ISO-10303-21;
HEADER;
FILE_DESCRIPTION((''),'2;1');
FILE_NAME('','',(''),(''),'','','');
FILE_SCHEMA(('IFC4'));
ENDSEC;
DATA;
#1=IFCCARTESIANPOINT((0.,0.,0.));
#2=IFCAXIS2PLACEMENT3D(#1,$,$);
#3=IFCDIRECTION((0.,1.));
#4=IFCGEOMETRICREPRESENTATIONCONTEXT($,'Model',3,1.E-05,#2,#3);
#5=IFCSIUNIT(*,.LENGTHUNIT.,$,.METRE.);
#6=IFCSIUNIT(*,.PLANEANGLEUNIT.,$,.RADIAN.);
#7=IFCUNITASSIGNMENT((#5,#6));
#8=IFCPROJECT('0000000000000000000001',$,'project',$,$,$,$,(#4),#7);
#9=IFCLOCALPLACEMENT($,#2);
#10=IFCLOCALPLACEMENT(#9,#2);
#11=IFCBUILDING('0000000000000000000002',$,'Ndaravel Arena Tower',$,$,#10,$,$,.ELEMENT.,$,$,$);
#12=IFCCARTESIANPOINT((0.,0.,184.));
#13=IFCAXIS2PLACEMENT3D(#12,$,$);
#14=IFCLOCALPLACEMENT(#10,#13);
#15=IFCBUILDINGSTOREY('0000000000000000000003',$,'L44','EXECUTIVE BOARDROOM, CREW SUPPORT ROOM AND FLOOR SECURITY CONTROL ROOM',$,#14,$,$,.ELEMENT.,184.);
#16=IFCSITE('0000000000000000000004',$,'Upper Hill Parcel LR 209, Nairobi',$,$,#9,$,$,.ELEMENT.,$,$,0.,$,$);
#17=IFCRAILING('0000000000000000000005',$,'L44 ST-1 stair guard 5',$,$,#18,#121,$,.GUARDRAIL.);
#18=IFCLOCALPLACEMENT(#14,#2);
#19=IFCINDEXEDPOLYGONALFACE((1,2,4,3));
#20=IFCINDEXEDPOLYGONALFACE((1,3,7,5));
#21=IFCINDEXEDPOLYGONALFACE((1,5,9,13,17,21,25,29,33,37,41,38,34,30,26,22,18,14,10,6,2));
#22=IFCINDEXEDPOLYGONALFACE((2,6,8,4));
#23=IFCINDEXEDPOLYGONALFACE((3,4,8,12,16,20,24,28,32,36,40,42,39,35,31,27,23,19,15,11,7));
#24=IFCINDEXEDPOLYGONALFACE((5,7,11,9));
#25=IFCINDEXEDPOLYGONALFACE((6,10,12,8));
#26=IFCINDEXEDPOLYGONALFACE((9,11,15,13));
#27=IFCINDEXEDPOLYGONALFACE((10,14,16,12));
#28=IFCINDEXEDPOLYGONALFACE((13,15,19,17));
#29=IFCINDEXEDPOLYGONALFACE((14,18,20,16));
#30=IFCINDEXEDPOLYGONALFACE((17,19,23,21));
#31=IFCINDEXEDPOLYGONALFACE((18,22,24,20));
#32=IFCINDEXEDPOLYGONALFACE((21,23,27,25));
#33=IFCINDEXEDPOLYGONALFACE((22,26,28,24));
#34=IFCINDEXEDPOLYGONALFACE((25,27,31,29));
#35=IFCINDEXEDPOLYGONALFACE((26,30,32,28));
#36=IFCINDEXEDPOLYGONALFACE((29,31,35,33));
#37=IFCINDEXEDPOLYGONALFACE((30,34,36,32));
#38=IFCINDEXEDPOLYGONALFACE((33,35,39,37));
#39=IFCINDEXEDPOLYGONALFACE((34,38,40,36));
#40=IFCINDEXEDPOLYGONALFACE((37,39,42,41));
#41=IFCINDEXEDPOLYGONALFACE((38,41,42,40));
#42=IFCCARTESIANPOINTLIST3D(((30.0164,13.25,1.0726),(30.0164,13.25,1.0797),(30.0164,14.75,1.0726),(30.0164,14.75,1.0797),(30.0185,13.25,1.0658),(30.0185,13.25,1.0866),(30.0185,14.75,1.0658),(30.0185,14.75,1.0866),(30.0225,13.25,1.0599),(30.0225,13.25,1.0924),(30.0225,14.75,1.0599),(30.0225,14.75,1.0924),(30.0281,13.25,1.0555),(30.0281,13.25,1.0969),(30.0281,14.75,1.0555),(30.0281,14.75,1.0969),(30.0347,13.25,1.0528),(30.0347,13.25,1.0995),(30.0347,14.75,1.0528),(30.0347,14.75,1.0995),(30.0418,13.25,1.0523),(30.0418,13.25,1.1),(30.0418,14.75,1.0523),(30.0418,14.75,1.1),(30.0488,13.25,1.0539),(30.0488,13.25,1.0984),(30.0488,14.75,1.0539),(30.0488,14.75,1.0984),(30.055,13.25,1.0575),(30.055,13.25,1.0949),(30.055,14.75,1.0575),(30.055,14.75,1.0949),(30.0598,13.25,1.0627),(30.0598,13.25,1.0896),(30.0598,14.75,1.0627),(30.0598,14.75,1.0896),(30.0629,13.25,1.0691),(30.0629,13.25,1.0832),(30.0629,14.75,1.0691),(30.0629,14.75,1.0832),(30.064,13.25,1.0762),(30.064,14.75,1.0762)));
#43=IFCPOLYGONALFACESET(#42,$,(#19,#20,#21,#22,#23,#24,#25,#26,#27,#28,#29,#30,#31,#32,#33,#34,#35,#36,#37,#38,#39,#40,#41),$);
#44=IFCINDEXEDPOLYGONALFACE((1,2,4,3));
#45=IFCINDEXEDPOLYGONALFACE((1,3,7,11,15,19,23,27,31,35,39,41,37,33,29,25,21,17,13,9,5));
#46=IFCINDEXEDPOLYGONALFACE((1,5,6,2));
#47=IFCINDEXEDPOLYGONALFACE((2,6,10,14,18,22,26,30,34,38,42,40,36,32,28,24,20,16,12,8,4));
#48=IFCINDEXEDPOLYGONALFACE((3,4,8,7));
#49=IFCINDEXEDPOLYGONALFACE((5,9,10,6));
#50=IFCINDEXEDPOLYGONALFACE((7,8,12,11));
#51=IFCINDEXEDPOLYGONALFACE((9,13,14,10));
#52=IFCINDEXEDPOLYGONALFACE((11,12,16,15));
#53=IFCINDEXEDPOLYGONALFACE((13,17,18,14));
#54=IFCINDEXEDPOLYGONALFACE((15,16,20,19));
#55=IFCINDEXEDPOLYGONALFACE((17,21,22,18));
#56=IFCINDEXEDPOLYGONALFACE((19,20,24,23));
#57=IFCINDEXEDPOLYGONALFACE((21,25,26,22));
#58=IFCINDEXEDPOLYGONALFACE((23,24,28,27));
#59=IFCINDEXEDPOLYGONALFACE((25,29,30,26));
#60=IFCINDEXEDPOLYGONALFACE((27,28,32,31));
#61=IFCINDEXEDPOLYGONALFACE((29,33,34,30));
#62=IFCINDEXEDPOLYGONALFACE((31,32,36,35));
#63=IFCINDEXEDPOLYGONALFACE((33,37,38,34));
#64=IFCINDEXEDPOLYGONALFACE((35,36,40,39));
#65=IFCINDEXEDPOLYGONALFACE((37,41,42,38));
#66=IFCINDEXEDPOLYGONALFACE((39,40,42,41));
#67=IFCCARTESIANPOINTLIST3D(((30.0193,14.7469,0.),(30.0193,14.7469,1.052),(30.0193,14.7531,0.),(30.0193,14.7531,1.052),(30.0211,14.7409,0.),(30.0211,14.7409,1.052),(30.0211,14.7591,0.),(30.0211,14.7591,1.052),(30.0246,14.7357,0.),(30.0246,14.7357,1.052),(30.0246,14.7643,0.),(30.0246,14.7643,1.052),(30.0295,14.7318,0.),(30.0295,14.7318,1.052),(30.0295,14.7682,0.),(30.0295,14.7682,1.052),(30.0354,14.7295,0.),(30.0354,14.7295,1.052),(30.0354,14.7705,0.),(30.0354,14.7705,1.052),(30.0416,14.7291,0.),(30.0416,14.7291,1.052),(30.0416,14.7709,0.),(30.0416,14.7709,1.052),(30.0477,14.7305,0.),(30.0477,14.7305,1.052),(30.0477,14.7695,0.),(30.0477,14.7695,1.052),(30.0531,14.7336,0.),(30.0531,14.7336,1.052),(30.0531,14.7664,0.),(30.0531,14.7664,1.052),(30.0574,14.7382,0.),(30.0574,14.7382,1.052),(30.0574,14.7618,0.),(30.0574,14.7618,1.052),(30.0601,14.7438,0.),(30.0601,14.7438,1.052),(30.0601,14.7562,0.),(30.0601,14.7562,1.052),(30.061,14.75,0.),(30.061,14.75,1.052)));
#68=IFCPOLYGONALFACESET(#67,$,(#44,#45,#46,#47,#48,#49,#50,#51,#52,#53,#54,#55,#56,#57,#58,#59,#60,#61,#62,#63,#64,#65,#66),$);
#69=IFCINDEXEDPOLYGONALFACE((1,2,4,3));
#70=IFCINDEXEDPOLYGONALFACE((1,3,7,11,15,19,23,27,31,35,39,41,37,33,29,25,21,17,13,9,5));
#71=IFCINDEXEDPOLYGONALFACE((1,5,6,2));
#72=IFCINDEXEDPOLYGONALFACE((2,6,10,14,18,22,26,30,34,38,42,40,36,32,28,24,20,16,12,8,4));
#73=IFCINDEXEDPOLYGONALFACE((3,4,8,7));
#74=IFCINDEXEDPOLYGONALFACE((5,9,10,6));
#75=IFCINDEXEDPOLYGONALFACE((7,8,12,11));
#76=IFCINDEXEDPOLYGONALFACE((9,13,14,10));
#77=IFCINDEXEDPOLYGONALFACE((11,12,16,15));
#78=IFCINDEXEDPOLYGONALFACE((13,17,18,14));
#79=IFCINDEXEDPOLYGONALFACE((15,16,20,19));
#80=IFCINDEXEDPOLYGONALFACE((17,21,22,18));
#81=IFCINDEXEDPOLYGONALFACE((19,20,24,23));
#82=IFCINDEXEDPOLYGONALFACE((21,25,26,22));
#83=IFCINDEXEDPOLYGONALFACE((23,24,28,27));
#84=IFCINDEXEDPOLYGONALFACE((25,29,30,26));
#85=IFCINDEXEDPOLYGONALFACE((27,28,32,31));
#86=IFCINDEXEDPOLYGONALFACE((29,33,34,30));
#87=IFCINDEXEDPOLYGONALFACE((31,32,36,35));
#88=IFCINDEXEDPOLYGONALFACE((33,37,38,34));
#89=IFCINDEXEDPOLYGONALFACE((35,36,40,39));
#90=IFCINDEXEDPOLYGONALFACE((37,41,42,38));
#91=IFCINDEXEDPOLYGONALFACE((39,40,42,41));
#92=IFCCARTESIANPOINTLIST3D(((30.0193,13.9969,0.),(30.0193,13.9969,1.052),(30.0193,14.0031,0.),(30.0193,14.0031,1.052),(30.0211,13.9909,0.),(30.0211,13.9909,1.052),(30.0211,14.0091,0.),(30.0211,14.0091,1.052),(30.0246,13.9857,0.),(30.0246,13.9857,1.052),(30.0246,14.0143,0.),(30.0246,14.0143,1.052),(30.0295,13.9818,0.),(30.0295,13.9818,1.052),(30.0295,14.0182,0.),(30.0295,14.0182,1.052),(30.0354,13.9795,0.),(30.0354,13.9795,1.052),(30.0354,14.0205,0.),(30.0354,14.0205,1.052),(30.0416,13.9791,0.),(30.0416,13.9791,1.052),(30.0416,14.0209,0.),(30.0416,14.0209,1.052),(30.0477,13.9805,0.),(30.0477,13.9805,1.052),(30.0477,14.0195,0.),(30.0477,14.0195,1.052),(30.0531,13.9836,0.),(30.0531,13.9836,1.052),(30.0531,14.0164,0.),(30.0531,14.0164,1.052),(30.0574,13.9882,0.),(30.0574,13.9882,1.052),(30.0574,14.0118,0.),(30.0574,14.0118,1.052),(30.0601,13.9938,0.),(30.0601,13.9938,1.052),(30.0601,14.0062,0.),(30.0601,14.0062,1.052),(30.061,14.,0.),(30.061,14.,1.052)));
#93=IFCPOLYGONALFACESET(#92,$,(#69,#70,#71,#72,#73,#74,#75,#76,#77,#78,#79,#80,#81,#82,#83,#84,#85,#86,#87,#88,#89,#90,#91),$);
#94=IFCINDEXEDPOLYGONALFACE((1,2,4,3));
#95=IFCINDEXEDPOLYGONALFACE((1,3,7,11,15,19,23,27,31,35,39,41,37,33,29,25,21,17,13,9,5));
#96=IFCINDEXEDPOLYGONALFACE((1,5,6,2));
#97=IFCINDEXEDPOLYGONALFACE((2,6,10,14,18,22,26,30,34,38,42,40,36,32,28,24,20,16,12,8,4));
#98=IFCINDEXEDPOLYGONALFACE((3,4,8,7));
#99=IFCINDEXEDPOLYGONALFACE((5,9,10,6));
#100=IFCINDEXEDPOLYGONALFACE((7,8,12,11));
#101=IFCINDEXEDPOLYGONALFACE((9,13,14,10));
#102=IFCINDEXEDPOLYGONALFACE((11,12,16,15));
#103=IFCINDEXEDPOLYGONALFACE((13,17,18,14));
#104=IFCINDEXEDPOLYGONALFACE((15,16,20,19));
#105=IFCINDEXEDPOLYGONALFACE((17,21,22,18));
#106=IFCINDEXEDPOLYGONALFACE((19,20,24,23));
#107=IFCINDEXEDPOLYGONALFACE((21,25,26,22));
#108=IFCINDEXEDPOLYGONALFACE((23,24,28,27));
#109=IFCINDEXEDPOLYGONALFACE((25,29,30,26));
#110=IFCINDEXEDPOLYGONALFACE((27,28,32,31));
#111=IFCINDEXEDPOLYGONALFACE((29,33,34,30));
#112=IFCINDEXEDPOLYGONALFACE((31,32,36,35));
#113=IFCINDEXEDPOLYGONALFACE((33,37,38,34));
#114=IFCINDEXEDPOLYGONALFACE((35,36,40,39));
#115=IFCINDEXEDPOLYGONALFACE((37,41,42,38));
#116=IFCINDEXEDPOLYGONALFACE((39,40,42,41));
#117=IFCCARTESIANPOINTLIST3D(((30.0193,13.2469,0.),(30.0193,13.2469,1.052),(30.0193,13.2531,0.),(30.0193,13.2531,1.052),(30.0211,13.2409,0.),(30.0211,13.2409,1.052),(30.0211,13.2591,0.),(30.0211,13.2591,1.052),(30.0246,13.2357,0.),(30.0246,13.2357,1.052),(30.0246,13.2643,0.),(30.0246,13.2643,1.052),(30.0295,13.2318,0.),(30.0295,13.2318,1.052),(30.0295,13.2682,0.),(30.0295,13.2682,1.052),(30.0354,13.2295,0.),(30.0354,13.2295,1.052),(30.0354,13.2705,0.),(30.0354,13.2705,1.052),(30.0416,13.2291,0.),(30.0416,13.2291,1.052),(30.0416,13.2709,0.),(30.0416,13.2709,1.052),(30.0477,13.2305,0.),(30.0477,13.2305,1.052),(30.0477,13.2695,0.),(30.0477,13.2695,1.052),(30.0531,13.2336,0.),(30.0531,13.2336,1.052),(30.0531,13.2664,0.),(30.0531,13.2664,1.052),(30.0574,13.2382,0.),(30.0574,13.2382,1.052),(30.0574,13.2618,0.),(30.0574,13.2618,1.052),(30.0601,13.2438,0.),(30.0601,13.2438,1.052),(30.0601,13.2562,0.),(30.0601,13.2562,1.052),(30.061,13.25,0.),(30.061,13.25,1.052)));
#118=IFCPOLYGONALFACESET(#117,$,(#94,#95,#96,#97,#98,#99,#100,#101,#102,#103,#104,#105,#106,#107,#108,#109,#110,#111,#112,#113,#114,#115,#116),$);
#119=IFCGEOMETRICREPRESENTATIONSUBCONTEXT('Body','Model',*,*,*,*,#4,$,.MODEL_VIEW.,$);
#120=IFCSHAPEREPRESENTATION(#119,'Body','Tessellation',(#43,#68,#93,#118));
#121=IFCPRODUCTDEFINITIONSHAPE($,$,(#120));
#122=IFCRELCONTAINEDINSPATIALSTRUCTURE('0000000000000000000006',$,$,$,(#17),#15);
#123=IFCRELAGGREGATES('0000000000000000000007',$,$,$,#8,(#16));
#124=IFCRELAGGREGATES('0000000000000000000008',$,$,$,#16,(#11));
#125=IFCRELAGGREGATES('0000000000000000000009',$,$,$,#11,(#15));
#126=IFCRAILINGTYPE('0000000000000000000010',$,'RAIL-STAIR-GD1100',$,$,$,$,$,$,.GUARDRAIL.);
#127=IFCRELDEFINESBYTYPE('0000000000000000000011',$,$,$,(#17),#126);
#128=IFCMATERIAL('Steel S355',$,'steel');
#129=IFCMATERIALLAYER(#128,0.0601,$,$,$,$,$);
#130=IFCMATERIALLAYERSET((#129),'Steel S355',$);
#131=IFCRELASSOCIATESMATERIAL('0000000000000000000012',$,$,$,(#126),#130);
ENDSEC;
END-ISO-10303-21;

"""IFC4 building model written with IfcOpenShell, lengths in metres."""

from ifc_helpers import new_model, si_unit, direction, frame, origin, origin_2d, place, context, subcontext, project, spatial, circle, extrude, material, layer, layer_set, type_object, element, save


model = new_model("IFC4")

# Units and contexts
model_context = context("Model", 3, precision=1e-05, world=origin(), true_north=direction((0.0, 1.0)))
body_context = subcontext(model_context, "Body", "Model", "MODEL_VIEW")
ifc_project = project(units=[si_unit("LENGTHUNIT", "METRE"), si_unit("PLANEANGLEUNIT", "RADIAN")], contexts=[model_context])

# Site, building, storey
site_placement = place(None, origin())
site = spatial("IfcSite", under=ifc_project, at=site_placement, Name="Upper Hill Parcel LR 209, Nairobi", CompositionType="ELEMENT", RefElevation=0.0)
building_placement = place(site_placement, origin())
building = spatial("IfcBuilding", under=site, at=building_placement, Name="Ndaravel Arena Tower", CompositionType="ELEMENT")
storey_placement = place(building_placement, frame((0.0, 0.0, 184.0)))
storey = spatial("IfcBuildingStorey", under=building, at=storey_placement, Name="L44", Description="EXECUTIVE BOARDROOM, CREW SUPPORT ROOM AND FLOOR SECURITY CONTROL ROOM", CompositionType="ELEMENT", Elevation=184.0)

# Railing
ifc_material_1 = material(Name="Steel S355", Category="steel")
ifc_layer_1 = layer(ifc_material_1, 0.0601)
ifc_layer_set_1 = layer_set([ifc_layer_1], Name="Steel S355")
railing_type = type_object("IfcRailingType", Name="RAIL-STAIR-GD1100", PredefinedType="GUARDRAIL", material=ifc_layer_set_1)
railing_placement = place(storey_placement, frame((30.04, 14.75, 0.0)))
element("IfcRailing", 1, at=railing_placement, inside=storey, type_object=railing_type, Name="L44 ST-1 stair guard 5", PredefinedType="GUARDRAIL", context=body_context, shape_type="SweptSolid", body=[
    extrude(circle(Radius=0.0239, at=origin_2d()), frame((0.0, 0.0, 1.0762), z_axis=(0.0, -1.0, 0.0), x_axis=(1.0, 0.0, 0.0)), (0.0, 0.0, 1.0), 1.5),
    extrude(circle(Radius=0.021, at=origin_2d()), origin(), (0.0, 0.0, 1.0), 1.052),
    extrude(circle(Radius=0.021, at=origin_2d()), frame((0.0, -0.75, 0.0)), (0.0, 0.0, 1.0), 1.052),
    extrude(circle(Radius=0.021, at=origin_2d()), frame((0.0, -1.5, 0.0)), (0.0, 0.0, 1.0), 1.052),
])

save(model, "model.ifc")
